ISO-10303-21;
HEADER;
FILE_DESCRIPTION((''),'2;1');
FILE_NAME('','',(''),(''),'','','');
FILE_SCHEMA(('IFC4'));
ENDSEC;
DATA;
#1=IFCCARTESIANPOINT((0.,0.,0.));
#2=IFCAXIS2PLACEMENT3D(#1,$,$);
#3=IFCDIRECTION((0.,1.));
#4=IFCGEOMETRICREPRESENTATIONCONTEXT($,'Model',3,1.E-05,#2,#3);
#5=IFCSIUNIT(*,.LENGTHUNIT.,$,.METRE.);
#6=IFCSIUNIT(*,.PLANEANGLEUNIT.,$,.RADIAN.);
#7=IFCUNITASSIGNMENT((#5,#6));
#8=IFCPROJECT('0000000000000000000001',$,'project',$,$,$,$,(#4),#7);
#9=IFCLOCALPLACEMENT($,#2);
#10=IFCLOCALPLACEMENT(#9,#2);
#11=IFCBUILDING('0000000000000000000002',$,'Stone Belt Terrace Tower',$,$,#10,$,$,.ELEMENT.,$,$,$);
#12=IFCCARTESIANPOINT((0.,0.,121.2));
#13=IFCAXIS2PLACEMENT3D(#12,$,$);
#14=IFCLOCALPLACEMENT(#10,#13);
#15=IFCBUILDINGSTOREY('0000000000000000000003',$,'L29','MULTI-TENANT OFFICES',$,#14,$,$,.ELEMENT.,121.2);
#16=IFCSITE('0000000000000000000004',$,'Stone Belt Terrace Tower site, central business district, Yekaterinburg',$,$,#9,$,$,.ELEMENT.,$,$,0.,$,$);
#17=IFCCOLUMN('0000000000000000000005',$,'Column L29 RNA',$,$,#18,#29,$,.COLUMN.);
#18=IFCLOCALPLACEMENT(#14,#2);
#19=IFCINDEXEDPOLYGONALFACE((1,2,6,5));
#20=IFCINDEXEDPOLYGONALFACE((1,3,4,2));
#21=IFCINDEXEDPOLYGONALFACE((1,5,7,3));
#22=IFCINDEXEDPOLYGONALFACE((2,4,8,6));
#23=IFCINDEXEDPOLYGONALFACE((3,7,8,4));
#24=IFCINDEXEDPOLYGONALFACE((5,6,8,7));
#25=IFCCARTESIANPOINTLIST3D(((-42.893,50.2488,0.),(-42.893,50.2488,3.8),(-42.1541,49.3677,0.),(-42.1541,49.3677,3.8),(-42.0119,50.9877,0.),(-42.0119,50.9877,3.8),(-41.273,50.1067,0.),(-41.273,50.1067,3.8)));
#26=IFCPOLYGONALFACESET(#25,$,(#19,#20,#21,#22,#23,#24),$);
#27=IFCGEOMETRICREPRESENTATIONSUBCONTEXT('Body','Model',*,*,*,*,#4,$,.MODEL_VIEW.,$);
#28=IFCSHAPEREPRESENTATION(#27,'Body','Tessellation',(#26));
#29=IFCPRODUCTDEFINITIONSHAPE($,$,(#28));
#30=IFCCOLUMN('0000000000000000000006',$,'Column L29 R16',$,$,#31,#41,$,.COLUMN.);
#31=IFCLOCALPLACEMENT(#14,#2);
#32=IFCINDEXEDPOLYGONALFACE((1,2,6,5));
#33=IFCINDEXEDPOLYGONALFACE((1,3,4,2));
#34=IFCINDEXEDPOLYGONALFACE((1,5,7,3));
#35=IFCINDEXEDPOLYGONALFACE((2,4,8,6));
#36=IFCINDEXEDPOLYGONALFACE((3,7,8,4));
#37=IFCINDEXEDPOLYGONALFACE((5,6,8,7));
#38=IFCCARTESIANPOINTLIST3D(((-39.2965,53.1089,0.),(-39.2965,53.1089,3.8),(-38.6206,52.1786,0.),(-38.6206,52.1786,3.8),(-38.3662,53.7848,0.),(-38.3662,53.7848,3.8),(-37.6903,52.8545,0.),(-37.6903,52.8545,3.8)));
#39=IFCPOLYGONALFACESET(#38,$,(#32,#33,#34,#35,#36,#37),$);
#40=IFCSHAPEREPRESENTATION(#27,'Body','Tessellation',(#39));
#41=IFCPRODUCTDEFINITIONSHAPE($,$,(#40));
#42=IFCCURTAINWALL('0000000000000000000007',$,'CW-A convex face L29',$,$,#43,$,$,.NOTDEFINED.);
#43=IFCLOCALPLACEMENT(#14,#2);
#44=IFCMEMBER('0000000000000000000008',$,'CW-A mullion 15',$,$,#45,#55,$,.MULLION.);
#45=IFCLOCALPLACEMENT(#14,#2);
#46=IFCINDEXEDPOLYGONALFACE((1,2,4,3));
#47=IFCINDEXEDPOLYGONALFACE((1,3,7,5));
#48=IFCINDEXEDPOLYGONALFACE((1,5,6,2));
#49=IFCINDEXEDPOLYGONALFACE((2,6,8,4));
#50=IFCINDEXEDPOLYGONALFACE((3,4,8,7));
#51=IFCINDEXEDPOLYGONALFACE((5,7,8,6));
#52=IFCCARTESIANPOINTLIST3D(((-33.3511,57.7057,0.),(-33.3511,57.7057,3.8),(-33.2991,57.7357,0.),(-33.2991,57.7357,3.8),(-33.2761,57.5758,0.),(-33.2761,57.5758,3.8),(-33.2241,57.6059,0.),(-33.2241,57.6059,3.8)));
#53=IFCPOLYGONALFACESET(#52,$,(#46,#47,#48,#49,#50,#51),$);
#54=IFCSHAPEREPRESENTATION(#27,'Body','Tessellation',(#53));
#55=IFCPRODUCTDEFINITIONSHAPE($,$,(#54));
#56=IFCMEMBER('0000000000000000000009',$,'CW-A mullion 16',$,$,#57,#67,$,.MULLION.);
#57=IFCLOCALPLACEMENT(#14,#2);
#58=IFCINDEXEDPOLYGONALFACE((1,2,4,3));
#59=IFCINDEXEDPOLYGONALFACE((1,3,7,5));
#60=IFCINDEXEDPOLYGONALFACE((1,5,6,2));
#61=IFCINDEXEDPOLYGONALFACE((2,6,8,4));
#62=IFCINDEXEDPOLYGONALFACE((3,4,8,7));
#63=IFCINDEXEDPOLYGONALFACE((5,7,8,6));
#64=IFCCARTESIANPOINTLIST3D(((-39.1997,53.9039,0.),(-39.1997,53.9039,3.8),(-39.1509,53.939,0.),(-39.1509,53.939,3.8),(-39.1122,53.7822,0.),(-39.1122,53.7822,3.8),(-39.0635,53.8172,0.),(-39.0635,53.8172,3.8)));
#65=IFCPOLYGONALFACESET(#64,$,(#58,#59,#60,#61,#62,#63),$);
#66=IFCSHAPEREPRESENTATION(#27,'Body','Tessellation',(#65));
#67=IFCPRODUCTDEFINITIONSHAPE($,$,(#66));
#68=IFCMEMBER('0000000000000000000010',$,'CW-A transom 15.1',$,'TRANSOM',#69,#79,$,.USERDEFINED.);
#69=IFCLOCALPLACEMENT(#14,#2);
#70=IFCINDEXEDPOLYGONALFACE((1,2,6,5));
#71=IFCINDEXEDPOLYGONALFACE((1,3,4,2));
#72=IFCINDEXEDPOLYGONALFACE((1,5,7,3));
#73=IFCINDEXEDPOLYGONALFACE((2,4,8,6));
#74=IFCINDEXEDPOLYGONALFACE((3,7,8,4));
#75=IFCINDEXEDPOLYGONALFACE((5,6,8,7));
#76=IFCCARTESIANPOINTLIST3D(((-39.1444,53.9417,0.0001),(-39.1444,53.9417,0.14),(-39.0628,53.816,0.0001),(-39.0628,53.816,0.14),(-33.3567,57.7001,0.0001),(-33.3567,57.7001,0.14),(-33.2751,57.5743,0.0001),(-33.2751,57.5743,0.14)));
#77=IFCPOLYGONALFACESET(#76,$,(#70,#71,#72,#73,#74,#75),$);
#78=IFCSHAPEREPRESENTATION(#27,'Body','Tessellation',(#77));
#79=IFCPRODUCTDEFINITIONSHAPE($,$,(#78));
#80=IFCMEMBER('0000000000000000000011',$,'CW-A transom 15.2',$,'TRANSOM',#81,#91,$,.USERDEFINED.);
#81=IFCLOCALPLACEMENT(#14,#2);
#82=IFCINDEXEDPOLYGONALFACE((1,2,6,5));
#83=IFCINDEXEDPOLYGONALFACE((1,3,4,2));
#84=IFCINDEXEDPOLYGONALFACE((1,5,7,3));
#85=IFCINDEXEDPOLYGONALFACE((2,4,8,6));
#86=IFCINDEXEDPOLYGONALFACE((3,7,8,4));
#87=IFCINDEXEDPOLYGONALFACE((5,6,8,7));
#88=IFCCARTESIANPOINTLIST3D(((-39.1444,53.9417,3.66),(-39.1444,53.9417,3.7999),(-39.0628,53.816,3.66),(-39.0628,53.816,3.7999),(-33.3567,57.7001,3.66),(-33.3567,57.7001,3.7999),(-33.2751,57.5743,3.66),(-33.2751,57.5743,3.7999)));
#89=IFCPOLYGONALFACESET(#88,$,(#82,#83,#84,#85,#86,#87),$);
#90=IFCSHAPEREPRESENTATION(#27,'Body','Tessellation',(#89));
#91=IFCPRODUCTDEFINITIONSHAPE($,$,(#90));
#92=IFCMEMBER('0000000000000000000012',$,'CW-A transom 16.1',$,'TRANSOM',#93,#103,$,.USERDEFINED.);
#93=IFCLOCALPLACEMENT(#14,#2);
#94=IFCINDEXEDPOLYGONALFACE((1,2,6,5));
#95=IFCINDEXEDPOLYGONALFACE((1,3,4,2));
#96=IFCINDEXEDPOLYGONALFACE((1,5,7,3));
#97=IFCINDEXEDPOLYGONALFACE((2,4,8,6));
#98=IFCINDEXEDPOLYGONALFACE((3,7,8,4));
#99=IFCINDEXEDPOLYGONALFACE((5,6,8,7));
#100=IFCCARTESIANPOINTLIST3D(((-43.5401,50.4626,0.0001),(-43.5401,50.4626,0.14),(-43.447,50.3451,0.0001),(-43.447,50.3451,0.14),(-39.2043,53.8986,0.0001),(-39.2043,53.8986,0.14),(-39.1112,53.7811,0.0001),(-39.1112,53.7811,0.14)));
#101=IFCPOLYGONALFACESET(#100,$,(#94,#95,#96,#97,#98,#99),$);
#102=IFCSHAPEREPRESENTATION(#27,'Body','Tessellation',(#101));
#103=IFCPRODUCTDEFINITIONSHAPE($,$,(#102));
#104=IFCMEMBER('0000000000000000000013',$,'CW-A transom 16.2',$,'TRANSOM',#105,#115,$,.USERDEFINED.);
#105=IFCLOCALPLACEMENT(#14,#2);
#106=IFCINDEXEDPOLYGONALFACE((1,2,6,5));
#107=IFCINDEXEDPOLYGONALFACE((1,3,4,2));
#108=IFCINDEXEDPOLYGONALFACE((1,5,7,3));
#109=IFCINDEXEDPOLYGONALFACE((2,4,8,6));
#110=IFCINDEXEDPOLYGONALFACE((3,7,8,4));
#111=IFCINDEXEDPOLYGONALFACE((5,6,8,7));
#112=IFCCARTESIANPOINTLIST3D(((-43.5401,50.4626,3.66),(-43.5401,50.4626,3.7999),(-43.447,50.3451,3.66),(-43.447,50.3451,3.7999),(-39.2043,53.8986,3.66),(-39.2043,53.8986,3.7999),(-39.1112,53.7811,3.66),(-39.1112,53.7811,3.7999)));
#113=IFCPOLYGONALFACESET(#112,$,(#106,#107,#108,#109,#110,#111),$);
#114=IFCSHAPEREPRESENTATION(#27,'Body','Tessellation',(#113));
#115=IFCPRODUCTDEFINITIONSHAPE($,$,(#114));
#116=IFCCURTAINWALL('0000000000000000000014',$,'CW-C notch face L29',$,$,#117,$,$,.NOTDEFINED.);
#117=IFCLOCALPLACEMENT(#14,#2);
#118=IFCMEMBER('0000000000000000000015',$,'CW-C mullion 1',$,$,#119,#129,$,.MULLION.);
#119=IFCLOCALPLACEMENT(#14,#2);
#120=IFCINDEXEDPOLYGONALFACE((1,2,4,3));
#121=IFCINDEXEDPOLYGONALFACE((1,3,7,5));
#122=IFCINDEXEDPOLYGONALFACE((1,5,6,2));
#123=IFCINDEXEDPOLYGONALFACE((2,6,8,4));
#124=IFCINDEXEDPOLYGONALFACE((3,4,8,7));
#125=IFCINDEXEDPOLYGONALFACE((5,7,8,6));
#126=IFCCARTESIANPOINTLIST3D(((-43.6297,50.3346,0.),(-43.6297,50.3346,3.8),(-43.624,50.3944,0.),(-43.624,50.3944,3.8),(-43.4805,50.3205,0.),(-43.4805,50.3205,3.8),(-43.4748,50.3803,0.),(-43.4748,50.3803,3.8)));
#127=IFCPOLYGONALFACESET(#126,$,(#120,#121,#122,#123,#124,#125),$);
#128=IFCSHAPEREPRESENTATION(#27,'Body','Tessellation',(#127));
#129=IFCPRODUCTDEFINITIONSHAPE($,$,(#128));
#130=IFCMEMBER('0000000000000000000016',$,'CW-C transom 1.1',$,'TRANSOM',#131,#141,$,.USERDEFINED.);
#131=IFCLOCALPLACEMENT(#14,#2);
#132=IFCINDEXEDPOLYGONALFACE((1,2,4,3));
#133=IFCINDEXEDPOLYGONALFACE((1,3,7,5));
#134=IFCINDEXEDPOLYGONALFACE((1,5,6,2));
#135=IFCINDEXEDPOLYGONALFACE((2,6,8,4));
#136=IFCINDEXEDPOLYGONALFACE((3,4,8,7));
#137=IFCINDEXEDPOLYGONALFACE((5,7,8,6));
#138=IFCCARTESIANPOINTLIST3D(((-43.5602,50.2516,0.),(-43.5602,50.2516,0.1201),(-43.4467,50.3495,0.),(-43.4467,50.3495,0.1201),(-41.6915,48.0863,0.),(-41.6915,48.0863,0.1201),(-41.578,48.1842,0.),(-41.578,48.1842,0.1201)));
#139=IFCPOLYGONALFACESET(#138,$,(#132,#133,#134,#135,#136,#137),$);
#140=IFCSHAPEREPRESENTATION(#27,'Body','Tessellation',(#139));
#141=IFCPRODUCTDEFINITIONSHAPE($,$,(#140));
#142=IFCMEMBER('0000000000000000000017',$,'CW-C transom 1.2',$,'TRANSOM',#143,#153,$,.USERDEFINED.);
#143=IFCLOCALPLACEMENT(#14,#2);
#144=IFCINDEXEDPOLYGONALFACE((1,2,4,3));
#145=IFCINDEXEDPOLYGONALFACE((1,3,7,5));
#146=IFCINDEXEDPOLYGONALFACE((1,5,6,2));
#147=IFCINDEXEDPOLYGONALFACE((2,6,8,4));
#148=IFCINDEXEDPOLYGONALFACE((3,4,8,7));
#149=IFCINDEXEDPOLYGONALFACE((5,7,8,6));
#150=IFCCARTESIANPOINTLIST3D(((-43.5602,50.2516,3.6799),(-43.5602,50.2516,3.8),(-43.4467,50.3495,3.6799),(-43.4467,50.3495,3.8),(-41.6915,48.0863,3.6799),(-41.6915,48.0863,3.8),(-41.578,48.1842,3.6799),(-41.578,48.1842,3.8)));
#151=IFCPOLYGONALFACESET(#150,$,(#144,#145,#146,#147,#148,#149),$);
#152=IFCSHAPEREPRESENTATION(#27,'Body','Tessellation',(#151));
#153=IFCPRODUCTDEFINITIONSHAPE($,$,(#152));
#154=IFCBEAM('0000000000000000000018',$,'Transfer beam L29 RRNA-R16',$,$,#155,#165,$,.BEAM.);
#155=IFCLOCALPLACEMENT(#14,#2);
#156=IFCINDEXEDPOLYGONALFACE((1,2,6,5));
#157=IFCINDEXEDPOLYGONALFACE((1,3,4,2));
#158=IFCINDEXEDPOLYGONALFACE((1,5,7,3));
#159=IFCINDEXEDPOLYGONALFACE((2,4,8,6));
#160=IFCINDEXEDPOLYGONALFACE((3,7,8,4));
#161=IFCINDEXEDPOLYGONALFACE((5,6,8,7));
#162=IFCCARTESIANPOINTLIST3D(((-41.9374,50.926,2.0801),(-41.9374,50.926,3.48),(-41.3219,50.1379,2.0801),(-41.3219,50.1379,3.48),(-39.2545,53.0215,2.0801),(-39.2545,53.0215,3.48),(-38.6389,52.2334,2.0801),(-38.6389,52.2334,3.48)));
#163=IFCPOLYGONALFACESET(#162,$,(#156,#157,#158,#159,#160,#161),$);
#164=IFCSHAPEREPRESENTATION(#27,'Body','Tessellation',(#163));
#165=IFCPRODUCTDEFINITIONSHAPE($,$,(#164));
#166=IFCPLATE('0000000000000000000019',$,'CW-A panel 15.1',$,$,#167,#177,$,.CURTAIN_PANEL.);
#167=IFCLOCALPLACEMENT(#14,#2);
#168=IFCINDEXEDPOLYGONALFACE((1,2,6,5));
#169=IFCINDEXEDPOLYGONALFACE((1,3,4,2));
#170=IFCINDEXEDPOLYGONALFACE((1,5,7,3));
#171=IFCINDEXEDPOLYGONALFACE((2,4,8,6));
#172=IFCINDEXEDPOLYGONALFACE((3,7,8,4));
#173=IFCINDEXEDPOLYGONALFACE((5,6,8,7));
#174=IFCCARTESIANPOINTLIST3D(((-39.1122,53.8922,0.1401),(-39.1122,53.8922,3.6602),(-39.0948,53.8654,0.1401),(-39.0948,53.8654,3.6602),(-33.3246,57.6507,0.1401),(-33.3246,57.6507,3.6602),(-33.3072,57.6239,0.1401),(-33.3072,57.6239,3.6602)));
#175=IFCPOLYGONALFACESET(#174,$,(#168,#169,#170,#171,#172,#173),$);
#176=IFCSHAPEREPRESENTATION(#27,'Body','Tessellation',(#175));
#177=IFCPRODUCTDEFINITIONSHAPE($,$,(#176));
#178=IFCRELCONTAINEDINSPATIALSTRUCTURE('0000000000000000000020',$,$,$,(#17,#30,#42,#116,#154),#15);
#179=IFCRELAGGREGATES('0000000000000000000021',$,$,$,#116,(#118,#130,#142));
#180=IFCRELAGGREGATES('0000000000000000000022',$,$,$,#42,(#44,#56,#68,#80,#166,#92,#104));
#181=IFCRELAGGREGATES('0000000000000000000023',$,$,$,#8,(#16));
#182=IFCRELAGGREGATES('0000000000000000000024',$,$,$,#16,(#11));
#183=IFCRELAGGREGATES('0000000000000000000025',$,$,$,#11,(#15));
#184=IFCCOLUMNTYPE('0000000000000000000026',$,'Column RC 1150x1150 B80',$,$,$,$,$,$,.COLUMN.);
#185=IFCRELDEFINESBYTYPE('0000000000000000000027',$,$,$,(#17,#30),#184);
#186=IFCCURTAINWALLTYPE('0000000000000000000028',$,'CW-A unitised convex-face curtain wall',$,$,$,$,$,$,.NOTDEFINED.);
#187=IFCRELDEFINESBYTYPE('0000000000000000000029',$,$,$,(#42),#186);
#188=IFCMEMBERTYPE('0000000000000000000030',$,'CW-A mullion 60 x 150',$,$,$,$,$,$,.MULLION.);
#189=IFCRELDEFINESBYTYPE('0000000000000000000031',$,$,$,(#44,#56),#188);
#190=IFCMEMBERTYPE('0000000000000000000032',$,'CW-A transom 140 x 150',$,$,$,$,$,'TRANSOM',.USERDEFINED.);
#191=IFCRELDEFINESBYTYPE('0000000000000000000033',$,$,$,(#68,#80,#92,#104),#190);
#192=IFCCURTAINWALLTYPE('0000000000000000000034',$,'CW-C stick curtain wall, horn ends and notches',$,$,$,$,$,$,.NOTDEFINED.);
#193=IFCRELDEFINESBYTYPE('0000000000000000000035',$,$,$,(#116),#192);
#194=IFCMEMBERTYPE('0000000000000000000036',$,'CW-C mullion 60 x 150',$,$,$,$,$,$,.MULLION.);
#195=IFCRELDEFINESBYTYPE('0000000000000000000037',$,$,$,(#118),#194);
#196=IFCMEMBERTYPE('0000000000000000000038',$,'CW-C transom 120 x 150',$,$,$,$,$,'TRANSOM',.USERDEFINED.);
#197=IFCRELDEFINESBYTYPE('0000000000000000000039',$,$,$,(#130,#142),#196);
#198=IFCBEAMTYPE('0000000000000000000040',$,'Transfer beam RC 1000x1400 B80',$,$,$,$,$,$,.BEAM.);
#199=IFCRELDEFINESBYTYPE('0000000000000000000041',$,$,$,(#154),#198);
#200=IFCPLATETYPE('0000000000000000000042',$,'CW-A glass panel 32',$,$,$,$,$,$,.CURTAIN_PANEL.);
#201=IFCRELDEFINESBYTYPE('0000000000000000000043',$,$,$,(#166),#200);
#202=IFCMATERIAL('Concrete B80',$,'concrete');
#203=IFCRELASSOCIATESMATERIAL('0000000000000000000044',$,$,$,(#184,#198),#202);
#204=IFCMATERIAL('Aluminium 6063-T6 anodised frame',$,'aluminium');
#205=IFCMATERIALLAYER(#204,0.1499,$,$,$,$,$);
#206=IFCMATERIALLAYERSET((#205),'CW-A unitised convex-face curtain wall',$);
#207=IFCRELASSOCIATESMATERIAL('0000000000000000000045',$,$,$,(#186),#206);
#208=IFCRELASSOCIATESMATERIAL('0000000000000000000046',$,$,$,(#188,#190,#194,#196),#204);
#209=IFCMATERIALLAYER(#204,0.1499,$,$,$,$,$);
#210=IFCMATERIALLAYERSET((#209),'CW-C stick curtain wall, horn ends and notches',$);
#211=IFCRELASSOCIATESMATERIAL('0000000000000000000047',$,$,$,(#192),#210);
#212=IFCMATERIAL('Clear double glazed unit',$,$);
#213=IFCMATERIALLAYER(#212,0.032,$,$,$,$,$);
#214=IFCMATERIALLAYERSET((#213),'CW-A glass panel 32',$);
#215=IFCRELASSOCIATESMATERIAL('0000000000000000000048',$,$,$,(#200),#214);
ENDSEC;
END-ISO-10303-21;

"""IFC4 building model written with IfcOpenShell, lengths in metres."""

from ifc_helpers import new_model, si_unit, direction, frame, origin, origin_2d, place, context, subcontext, project, spatial, rectangle, extrude, material, layer, layer_set, material_profile, profile_set, type_object, element, aggregate, save


model = new_model("IFC4")

# Units and contexts
model_context = context("Model", 3, precision=1e-05, world=origin(), true_north=direction((0.0, 1.0)))
body_context = subcontext(model_context, "Body", "Model", "MODEL_VIEW")
ifc_project = project(units=[si_unit("LENGTHUNIT", "METRE"), si_unit("PLANEANGLEUNIT", "RADIAN")], contexts=[model_context])

# Site, building, storey
site_placement = place(None, origin())
site = spatial("IfcSite", under=ifc_project, at=site_placement, Name="Stone Belt Terrace Tower site, central business district, Yekaterinburg", CompositionType="ELEMENT", RefElevation=0.0)
building_placement = place(site_placement, origin())
building = spatial("IfcBuilding", under=site, at=building_placement, Name="Stone Belt Terrace Tower", CompositionType="ELEMENT")
storey_placement = place(building_placement, frame((0.0, 0.0, 121.2)))
storey = spatial("IfcBuildingStorey", under=building, at=storey_placement, Name="L29", Description="MULTI-TENANT OFFICES", CompositionType="ELEMENT", Elevation=121.2)

# Columns
ifc_material_1 = material(Name="Concrete B80", Category="concrete")
ifc_material_profile_1 = material_profile(ifc_material_1, rectangle(XDim=1.1499, YDim=1.1499, at=origin_2d()), Name="RC 1150x1150")
ifc_profile_set_1 = profile_set([ifc_material_profile_1], Name="Concrete B80")
column_type = type_object("IfcColumnType", Name="Column RC 1150x1150 B80", PredefinedType="COLUMN", material=ifc_profile_set_1)
for number, where, z_axis, x_axis, name in (
    (1, (-42.083, 50.1777, 0.0), (0.0, 0.0, 1.0), (0.766203, 0.642599, 0.0), "Column L29 RNA"),
    (2, (-38.4934, 52.9817, 0.0), (0.0, 0.0, 1.0), (0.809017, 0.587785, 0.0), "Column L29 R16"),
):
    element("IfcColumn", number, at=place(storey_placement, frame(where, z_axis=z_axis, x_axis=x_axis)), inside=storey, type_object=column_type, Name=name, PredefinedType="COLUMN", context=body_context, shape_type="SweptSolid", body=[
        extrude(rectangle(XDim=1.1499, YDim=1.1499, at=origin_2d()), origin(), (0.0, 0.0, 1.0), 3.8),
    ])

# Curtain walls, members
ifc_material_2 = material(Name="Aluminium 6063-T6 anodised frame", Category="aluminium")
ifc_layer_1 = layer(ifc_material_2, 0.1499)
ifc_layer_set_1 = layer_set([ifc_layer_1], Name="CW-A unitised convex-face curtain wall")
curtain_wall_type_1 = type_object("IfcCurtainWallType", Name="CW-A unitised convex-face curtain wall", PredefinedType="NOTDEFINED", material=ifc_layer_set_1)
curtain_wall_1_placement = place(storey_placement, origin())
curtain_wall_1 = element("IfcCurtainWall", 3, at=curtain_wall_1_placement, inside=storey, type_object=curtain_wall_type_1, Name="CW-A convex face L29", PredefinedType="NOTDEFINED")
ifc_material_profile_2 = material_profile(ifc_material_2, rectangle(XDim=0.1499, YDim=0.0601, at=origin_2d()), Name="Aluminium 6063-T6 60x150")
ifc_profile_set_2 = profile_set([ifc_material_profile_2], Name="Aluminium 6063-T6 anodised frame")
member_type_1 = type_object("IfcMemberType", Name="CW-A mullion 60 x 150", PredefinedType="MULLION", material=ifc_profile_set_2)
member_1_placement = place(storey_placement, frame((-33.2876, 57.6558, 0.0), z_axis=(0.0, 0.0, 1.0), x_axis=(0.5, -0.866025, 0.0)))
member_1 = element("IfcMember", 4, at=member_1_placement, type_object=member_type_1, Name="CW-A mullion 15", PredefinedType="MULLION", context=body_context, shape_type="SweptSolid", body=[
    extrude(rectangle(XDim=0.1499, YDim=0.0601, at=origin_2d()), origin(), (0.0, 0.0, 1.0), 3.8),
])
member_2_placement = place(storey_placement, frame((-39.1316, 53.8606, 0.0), z_axis=(0.0, 0.0, 1.0), x_axis=(0.583509, -0.812107, 0.0)))
member_2 = element("IfcMember", 5, at=member_2_placement, type_object=member_type_1, Name="CW-A mullion 16", PredefinedType="MULLION", context=body_context, shape_type="SweptSolid", body=[
    extrude(rectangle(XDim=0.1499, YDim=0.0601, at=origin_2d()), origin(), (0.0, 0.0, 1.0), 3.8),
])
ifc_material_profile_3 = material_profile(ifc_material_2, rectangle(XDim=0.1499, YDim=0.1399, at=origin_2d()), Name="Aluminium 6063-T6 150x140")
ifc_profile_set_3 = profile_set([ifc_material_profile_3], Name="Aluminium 6063-T6 anodised frame")
member_type_2 = type_object("IfcMemberType", Name="CW-A transom 140 x 150", ElementType="TRANSOM", PredefinedType="USERDEFINED", material=ifc_profile_set_3)
member_3_placement = place(storey_placement, frame((-33.3159, 57.6372, 0.0701), z_axis=(-0.838684, -0.544618, 0.0), x_axis=(0.544618, -0.838684, 0.0)))
member_3 = element("IfcMember", 6, at=member_3_placement, type_object=member_type_2, Name="CW-A transom 15.1", ObjectType="TRANSOM", PredefinedType="USERDEFINED", context=body_context, shape_type="SweptSolid", body=[
    extrude(rectangle(XDim=0.1499, YDim=0.1399, at=origin_2d()), origin(), (0.0, 0.0, 1.0), 6.9009),
])
member_4_placement = place(storey_placement, frame((-33.3159, 57.6372, 3.73), z_axis=(-0.838684, -0.544618, 0.0), x_axis=(0.544618, -0.838684, 0.0)))
member_4 = element("IfcMember", 7, at=member_4_placement, type_object=member_type_2, Name="CW-A transom 15.2", ObjectType="TRANSOM", PredefinedType="USERDEFINED", context=body_context, shape_type="SweptSolid", body=[
    extrude(rectangle(XDim=0.1499, YDim=0.1399, at=origin_2d()), origin(), (0.0, 0.0, 1.0), 6.9009),
])
member_5_placement = place(storey_placement, frame((-39.1577, 53.8398, 0.0701), z_axis=(-0.783745, -0.621083, 0.0), x_axis=(0.621083, -0.783745, 0.0)))
member_5 = element("IfcMember", 8, at=member_5_placement, type_object=member_type_2, Name="CW-A transom 16.1", ObjectType="TRANSOM", PredefinedType="USERDEFINED", context=body_context, shape_type="SweptSolid", body=[
    extrude(rectangle(XDim=0.1499, YDim=0.1399, at=origin_2d()), origin(), (0.0, 0.0, 1.0), 5.5322),
])
member_6_placement = place(storey_placement, frame((-39.1577, 53.8398, 3.73), z_axis=(-0.783745, -0.621083, 0.0), x_axis=(0.621083, -0.783745, 0.0)))
member_6 = element("IfcMember", 9, at=member_6_placement, type_object=member_type_2, Name="CW-A transom 16.2", ObjectType="TRANSOM", PredefinedType="USERDEFINED", context=body_context, shape_type="SweptSolid", body=[
    extrude(rectangle(XDim=0.1499, YDim=0.1399, at=origin_2d()), origin(), (0.0, 0.0, 1.0), 5.5322),
])
ifc_layer_2 = layer(ifc_material_2, 0.1499)
ifc_layer_set_2 = layer_set([ifc_layer_2], Name="CW-C stick curtain wall, horn ends and notches")
curtain_wall_type_2 = type_object("IfcCurtainWallType", Name="CW-C stick curtain wall, horn ends and notches", PredefinedType="NOTDEFINED", material=ifc_layer_set_2)
curtain_wall_2_placement = place(storey_placement, origin())
curtain_wall_2 = element("IfcCurtainWall", 10, at=curtain_wall_2_placement, inside=storey, type_object=curtain_wall_type_2, Name="CW-C notch face L29", PredefinedType="NOTDEFINED")
ifc_material_profile_4 = material_profile(ifc_material_2, rectangle(XDim=0.1499, YDim=0.0601, at=origin_2d()), Name="Aluminium 6063-T6 60x150")
ifc_profile_set_4 = profile_set([ifc_material_profile_4], Name="Aluminium 6063-T6 anodised frame")
member_type_3 = type_object("IfcMemberType", Name="CW-C mullion 60 x 150", PredefinedType="MULLION", material=ifc_profile_set_4)
member_7_placement = place(storey_placement, frame((-43.5522, 50.3574, 0.0), z_axis=(0.0, 0.0, 1.0), x_axis=(0.995551, -0.094228, 0.0)))
member_7 = element("IfcMember", 11, at=member_7_placement, type_object=member_type_3, Name="CW-C mullion 1", PredefinedType="MULLION", context=body_context, shape_type="SweptSolid", body=[
    extrude(rectangle(XDim=0.1499, YDim=0.0601, at=origin_2d()), origin(), (0.0, 0.0, 1.0), 3.8),
])
ifc_material_profile_5 = material_profile(ifc_material_2, rectangle(XDim=0.1499, YDim=0.1201, at=origin_2d()), Name="Aluminium 6063-T6 150x120")
ifc_profile_set_5 = profile_set([ifc_material_profile_5], Name="Aluminium 6063-T6 anodised frame")
member_type_4 = type_object("IfcMemberType", Name="CW-C transom 120 x 150", ElementType="TRANSOM", PredefinedType="USERDEFINED", material=ifc_profile_set_5)
member_8_placement = place(storey_placement, frame((-43.5034, 50.3005, 0.0601), z_axis=(0.653346, -0.757059, 0.0), x_axis=(0.757059, 0.653346, 0.0)))
member_8 = element("IfcMember", 12, at=member_8_placement, type_object=member_type_4, Name="CW-C transom 1.1", ObjectType="TRANSOM", PredefinedType="USERDEFINED", context=body_context, shape_type="SweptSolid", body=[
    extrude(rectangle(XDim=0.1499, YDim=0.1201, at=origin_2d()), origin(), (0.0, 0.0, 1.0), 2.8601),
])
member_9_placement = place(storey_placement, frame((-43.5034, 50.3005, 3.74), z_axis=(0.653346, -0.757059, 0.0), x_axis=(0.757059, 0.653346, 0.0)))
member_9 = element("IfcMember", 13, at=member_9_placement, type_object=member_type_4, Name="CW-C transom 1.2", ObjectType="TRANSOM", PredefinedType="USERDEFINED", context=body_context, shape_type="SweptSolid", body=[
    extrude(rectangle(XDim=0.1499, YDim=0.1201, at=origin_2d()), origin(), (0.0, 0.0, 1.0), 2.8601),
])
aggregate(curtain_wall_2, [member_7, member_8, member_9])

# Beam
ifc_material_profile_6 = material_profile(ifc_material_1, rectangle(XDim=1.0, YDim=1.3999, at=origin_2d()), Name="RC 1000x1400")
ifc_profile_set_6 = profile_set([ifc_material_profile_6], Name="Concrete B80")
beam_type = type_object("IfcBeamType", Name="Transfer beam RC 1000x1400 B80", PredefinedType="BEAM", material=ifc_profile_set_6)
beam_placement = place(storey_placement, frame((-41.6296, 50.532, 2.78), z_axis=(0.788099, 0.615548, 0.0), x_axis=(-0.615548, 0.788099, 0.0)))
element("IfcBeam", 14, at=beam_placement, inside=storey, type_object=beam_type, Name="Transfer beam L29 RRNA-R16", PredefinedType="BEAM", context=body_context, shape_type="SweptSolid", body=[
    extrude(rectangle(XDim=1.0, YDim=1.3999, at=origin_2d()), origin(), (0.0, 0.0, 1.0), 3.4043),
])

# Plate
ifc_material_3 = material(Name="Clear double glazed unit")
ifc_layer_3 = layer(ifc_material_3, 0.032)
ifc_layer_set_3 = layer_set([ifc_layer_3], Name="CW-A glass panel 32")
plate_type_1 = type_object("IfcPlateType", Name="CW-A glass panel 32", PredefinedType="CURTAIN_PANEL", material=ifc_layer_set_3)
plate_1_placement = place(storey_placement, frame((-36.2097, 55.7581, 0.1401), z_axis=(0.0, 0.0, 1.0), x_axis=(-0.838671, -0.544639, 0.0)))
plate_1 = element("IfcPlate", 15, at=plate_1_placement, type_object=plate_type_1, Name="CW-A panel 15.1", PredefinedType="CURTAIN_PANEL", context=body_context, shape_type="SweptSolid", body=[
    extrude(rectangle(XDim=6.9009, YDim=0.032, at=origin_2d()), origin(), (0.0, 0.0, 1.0), 3.52),
])
aggregate(curtain_wall_1, [member_1, member_2, member_3, member_4, plate_1, member_5, member_6])

save(model, "model.ifc")
